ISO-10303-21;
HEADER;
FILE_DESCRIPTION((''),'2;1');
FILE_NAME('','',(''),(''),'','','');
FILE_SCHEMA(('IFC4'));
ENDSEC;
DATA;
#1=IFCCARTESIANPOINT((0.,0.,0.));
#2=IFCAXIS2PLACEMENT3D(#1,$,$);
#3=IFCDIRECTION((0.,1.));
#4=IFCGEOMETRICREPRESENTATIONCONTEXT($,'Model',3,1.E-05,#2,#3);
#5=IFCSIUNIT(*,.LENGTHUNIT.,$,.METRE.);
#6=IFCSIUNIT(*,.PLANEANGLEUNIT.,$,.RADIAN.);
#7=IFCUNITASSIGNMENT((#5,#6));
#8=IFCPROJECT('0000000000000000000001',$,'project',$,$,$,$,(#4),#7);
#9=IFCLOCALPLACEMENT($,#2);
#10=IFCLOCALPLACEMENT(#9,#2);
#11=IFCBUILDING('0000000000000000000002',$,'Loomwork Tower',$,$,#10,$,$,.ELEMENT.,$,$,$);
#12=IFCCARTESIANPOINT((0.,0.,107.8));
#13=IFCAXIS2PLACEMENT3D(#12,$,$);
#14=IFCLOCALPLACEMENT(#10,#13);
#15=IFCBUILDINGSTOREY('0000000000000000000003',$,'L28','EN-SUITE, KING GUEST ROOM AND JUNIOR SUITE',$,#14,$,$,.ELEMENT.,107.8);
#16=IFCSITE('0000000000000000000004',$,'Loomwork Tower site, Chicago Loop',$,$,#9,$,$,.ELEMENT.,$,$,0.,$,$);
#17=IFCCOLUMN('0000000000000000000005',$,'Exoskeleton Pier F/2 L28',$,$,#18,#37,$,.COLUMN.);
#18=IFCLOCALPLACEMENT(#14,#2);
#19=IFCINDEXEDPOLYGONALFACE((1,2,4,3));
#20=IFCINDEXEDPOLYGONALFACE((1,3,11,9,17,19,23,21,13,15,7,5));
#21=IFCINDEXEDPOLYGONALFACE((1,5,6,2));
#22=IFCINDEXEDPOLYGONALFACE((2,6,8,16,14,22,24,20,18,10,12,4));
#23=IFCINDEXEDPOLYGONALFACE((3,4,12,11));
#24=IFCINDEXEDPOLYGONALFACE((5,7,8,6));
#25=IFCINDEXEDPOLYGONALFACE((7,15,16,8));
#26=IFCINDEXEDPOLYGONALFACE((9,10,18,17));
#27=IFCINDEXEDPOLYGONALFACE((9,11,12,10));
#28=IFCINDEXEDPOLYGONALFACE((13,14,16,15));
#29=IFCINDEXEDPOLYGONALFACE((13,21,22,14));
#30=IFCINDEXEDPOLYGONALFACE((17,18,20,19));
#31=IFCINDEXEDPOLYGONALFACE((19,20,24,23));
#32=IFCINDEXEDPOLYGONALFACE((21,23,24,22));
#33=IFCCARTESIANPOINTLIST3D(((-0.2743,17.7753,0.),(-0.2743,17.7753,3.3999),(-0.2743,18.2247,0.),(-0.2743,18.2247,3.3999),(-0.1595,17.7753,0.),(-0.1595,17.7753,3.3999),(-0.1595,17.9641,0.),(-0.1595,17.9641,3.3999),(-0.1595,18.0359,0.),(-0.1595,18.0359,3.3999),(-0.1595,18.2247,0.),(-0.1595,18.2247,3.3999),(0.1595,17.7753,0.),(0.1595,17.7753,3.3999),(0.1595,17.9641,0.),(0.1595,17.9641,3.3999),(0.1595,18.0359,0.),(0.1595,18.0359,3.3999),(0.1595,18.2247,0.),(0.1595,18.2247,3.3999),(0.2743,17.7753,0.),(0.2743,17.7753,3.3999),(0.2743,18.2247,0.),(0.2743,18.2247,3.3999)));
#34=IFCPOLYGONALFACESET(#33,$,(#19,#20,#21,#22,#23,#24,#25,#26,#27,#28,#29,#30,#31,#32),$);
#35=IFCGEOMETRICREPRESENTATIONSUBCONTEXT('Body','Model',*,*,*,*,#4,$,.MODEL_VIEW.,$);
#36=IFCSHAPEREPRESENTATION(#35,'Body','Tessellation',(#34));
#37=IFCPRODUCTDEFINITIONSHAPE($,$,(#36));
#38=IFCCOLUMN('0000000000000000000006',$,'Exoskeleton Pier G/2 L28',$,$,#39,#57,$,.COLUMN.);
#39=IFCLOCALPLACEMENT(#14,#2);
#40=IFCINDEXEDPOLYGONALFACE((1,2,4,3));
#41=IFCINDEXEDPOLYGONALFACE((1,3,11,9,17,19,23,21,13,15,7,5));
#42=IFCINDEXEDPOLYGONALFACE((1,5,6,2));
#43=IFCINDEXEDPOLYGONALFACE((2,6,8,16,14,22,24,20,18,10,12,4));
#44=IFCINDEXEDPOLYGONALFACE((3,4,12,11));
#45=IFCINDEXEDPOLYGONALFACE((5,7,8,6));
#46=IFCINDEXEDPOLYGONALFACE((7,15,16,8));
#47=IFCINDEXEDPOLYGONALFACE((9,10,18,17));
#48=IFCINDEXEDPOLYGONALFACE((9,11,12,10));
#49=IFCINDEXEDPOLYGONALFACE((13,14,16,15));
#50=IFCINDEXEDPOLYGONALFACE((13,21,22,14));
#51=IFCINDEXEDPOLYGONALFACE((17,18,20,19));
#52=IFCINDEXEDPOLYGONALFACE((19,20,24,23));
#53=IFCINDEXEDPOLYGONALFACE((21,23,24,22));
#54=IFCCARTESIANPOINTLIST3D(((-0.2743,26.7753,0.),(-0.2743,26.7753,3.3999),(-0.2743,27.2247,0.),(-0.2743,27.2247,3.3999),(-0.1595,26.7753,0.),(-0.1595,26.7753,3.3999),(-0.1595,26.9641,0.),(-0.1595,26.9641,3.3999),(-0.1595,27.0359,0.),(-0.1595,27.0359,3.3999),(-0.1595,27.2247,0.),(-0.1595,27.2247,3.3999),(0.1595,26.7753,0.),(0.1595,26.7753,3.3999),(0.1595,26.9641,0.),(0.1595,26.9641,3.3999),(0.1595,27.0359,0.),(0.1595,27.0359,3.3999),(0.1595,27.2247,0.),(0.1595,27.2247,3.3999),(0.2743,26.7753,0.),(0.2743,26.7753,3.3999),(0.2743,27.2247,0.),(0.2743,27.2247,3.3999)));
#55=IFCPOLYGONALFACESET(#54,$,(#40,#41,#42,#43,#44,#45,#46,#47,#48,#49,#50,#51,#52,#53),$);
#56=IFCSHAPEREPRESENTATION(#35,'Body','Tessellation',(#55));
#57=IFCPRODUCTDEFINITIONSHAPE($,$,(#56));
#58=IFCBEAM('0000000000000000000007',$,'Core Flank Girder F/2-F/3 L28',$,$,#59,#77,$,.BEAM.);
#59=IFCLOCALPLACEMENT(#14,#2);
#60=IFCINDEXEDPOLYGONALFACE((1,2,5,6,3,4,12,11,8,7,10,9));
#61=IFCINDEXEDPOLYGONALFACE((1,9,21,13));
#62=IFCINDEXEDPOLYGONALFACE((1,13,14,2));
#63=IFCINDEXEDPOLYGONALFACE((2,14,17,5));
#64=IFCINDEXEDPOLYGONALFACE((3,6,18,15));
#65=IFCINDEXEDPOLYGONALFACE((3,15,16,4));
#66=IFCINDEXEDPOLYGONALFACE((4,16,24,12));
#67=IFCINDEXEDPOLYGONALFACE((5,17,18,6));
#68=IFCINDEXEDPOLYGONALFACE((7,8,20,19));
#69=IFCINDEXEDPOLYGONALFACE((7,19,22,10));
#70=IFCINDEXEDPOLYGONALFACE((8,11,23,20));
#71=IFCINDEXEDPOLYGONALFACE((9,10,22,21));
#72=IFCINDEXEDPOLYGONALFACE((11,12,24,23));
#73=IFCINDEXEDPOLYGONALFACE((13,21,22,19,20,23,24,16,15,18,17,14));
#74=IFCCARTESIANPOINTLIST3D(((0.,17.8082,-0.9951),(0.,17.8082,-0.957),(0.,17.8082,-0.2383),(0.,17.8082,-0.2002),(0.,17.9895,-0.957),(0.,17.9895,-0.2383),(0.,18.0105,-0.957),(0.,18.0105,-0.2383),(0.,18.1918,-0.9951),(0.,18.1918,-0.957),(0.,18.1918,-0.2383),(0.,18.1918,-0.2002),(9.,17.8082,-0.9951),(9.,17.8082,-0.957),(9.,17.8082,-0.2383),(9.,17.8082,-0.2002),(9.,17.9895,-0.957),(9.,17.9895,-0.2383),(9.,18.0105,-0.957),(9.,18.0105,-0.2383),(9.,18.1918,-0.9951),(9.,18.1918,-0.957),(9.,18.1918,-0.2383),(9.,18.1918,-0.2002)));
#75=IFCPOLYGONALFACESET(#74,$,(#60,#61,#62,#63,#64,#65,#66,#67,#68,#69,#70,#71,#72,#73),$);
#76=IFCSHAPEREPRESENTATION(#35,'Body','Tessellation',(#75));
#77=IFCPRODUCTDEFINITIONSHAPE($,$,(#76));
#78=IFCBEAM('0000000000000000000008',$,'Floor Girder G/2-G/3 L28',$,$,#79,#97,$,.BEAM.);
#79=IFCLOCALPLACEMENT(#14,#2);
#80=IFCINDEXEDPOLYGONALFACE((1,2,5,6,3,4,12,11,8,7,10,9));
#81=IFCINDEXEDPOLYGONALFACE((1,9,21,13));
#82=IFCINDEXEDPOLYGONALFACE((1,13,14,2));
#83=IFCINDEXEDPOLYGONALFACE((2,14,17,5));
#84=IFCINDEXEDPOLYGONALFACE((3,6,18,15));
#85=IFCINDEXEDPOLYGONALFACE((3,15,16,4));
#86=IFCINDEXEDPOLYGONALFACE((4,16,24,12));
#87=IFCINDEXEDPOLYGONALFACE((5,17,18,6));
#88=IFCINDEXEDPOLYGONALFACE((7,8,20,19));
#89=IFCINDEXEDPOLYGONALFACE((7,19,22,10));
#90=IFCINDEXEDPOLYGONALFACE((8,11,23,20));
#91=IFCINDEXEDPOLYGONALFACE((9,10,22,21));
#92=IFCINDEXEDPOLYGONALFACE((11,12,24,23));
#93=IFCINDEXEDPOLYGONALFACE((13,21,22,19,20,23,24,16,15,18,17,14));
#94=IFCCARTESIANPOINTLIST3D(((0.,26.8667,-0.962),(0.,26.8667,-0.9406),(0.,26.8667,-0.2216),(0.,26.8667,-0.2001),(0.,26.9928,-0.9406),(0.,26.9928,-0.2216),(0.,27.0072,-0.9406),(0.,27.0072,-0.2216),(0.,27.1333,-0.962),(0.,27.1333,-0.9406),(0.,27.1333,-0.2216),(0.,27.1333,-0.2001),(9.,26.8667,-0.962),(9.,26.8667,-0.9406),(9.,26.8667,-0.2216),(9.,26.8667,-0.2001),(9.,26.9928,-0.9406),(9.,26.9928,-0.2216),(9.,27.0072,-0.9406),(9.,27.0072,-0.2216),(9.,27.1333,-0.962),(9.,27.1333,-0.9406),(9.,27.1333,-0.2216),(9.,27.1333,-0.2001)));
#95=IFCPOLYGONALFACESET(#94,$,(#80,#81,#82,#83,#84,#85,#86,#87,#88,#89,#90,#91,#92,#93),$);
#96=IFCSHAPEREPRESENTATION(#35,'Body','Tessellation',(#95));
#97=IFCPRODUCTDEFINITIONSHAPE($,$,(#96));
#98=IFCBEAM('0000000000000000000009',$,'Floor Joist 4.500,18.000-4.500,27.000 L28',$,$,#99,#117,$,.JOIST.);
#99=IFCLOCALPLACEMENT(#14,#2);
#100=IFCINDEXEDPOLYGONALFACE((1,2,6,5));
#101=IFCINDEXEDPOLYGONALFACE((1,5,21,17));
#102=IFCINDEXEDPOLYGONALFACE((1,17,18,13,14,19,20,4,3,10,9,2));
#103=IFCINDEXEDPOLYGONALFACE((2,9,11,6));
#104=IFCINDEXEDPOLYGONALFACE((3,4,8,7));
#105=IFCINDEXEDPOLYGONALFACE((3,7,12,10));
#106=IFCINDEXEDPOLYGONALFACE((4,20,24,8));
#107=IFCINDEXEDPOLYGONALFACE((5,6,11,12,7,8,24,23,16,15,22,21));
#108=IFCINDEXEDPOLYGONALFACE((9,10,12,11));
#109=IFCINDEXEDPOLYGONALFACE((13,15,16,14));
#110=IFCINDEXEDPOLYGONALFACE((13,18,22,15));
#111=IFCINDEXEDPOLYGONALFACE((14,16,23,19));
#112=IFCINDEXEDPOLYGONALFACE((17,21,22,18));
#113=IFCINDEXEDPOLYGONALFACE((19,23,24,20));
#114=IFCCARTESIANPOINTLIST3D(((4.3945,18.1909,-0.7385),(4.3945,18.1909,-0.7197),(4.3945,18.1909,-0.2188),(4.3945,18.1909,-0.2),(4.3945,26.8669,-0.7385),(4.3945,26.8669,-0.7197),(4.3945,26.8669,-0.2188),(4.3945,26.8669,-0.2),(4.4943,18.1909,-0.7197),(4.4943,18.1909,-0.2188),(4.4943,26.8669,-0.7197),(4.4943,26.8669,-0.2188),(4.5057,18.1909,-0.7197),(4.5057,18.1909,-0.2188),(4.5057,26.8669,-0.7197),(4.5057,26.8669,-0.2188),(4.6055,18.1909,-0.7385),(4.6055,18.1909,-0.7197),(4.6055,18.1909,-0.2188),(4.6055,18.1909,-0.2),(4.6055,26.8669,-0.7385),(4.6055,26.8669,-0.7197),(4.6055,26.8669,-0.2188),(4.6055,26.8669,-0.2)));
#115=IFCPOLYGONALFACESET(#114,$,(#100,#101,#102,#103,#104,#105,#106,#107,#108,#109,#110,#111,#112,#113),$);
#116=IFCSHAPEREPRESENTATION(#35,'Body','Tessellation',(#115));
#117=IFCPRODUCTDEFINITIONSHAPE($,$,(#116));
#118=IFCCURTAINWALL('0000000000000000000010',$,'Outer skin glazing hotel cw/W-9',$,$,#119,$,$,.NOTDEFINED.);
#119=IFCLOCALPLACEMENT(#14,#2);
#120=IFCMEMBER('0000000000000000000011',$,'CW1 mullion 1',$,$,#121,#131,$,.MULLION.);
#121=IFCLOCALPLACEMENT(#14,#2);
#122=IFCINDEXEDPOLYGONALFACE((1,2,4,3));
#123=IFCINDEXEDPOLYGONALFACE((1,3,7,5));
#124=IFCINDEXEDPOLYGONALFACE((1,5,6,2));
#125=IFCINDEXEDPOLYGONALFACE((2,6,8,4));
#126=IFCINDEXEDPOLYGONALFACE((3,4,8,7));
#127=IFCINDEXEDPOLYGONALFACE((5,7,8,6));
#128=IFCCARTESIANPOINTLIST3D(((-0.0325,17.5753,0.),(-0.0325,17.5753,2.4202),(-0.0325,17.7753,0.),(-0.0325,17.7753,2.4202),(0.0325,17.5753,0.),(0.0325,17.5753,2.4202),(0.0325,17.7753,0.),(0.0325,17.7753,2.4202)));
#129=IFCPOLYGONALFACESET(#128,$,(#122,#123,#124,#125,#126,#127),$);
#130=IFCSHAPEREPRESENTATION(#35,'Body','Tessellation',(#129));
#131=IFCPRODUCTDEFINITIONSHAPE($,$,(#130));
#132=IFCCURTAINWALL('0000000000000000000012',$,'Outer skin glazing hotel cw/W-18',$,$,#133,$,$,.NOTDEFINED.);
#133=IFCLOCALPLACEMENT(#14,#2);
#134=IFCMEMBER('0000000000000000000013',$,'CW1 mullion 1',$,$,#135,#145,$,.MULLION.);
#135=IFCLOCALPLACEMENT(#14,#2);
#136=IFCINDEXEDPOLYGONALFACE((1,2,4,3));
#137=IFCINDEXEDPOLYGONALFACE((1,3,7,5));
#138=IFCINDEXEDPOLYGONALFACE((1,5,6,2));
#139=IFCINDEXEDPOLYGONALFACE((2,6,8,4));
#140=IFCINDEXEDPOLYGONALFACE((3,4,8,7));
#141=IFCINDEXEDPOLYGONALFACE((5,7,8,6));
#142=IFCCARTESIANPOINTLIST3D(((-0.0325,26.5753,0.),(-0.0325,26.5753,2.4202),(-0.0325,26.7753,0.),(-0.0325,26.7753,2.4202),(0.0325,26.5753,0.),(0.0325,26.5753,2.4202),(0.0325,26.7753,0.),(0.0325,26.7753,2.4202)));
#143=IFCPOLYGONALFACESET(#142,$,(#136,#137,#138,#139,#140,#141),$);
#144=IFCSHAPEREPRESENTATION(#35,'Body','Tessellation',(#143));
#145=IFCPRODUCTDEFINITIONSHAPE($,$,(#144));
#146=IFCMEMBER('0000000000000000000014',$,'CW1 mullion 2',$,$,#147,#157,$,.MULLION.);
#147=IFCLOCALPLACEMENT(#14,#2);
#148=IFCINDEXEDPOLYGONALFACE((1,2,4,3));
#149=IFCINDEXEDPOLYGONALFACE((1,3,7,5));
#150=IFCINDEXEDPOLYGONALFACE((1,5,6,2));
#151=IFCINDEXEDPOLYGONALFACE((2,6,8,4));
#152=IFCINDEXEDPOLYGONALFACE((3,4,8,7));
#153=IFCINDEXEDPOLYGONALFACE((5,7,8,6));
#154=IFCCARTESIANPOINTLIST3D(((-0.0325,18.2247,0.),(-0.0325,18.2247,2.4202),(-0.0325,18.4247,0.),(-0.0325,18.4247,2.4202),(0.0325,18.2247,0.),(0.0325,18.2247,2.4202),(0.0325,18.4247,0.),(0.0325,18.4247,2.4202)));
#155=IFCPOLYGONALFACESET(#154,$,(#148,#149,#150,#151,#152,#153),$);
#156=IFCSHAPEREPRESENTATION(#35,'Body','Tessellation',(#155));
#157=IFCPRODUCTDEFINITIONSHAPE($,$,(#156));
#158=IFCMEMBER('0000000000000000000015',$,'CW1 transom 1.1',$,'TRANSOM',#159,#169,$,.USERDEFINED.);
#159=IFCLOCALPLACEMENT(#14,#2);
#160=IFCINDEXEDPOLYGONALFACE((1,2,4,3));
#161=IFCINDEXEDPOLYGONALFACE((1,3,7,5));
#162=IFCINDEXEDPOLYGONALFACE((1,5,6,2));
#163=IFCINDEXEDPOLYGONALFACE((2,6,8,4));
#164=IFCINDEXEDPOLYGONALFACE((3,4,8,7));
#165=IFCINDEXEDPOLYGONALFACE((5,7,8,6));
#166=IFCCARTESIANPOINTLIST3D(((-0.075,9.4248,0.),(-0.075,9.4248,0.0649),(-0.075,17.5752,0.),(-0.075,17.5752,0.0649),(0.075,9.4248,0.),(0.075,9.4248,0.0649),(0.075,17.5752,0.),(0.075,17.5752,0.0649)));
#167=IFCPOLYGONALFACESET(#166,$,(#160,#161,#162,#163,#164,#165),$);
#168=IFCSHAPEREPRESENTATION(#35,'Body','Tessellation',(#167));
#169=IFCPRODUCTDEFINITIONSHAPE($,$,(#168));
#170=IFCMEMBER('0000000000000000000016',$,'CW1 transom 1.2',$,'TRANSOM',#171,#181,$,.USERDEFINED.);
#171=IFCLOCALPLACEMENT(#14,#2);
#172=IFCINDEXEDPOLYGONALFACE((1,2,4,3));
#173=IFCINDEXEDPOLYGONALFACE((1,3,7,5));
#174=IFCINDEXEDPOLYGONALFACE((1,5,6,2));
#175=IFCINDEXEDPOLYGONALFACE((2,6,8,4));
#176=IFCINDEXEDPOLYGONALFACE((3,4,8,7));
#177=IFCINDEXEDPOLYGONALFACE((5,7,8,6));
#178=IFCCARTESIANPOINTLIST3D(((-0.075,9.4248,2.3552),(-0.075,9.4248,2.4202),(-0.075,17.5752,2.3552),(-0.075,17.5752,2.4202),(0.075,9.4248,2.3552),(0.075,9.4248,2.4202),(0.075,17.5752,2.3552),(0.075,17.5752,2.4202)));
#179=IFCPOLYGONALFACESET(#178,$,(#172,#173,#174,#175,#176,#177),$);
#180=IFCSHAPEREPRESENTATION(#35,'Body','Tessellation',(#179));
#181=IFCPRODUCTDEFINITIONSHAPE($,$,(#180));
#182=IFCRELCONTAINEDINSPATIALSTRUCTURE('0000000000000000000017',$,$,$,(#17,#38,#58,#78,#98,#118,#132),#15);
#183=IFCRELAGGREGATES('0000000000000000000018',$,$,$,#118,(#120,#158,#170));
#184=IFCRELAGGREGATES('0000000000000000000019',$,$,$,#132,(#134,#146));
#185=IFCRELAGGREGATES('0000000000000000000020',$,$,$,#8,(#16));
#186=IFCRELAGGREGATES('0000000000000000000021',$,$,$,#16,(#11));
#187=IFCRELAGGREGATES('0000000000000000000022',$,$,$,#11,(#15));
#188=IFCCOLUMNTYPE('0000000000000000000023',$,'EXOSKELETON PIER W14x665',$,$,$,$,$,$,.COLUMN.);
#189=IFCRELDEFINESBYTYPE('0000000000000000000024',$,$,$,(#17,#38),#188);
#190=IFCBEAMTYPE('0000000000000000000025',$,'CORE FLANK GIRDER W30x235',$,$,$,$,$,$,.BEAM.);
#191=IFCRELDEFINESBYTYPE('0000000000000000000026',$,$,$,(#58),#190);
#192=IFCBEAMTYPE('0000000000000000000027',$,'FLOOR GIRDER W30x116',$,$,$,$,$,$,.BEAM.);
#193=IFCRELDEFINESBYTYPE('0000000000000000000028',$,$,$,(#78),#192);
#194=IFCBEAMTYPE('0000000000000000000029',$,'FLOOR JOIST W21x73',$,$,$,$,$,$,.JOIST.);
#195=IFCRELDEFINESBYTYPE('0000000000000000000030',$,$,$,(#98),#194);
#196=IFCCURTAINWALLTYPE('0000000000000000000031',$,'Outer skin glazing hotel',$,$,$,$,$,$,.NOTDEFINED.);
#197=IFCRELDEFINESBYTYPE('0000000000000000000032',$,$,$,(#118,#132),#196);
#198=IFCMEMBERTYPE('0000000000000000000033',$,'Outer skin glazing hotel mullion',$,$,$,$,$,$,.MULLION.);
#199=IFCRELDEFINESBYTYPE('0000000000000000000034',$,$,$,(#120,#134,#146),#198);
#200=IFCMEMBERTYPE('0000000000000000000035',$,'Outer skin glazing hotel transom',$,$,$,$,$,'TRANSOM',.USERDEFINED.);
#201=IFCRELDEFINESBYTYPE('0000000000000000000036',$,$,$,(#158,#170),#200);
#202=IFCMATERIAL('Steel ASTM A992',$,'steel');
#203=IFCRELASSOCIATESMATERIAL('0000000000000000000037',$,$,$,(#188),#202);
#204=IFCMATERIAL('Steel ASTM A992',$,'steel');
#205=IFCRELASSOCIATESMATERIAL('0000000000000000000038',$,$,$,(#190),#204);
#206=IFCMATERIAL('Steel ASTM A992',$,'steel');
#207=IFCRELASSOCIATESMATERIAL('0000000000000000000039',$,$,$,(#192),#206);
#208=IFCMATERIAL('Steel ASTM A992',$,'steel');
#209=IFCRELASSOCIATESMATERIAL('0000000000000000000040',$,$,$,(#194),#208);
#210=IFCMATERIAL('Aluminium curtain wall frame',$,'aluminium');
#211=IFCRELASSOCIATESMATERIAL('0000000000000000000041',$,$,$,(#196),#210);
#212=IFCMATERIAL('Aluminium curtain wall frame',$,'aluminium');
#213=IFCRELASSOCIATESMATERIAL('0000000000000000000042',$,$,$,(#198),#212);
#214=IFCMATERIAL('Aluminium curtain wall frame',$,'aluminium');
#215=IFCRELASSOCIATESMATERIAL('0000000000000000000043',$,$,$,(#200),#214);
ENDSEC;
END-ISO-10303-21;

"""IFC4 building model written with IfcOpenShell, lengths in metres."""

from ifc_helpers import new_model, si_unit, direction, frame, origin, origin_2d, place, context, subcontext, project, spatial, rectangle, i_section, extrude, material, material_profile, profile_set, type_object, element, aggregate, save


model = new_model("IFC4")

# Units and contexts
model_context = context("Model", 3, precision=1e-05, world=origin(), true_north=direction((0.0, 1.0)))
body_context = subcontext(model_context, "Body", "Model", "MODEL_VIEW")
ifc_project = project(units=[si_unit("LENGTHUNIT", "METRE"), si_unit("PLANEANGLEUNIT", "RADIAN")], contexts=[model_context])

# Site, building, storey
site_placement = place(None, origin())
site = spatial("IfcSite", under=ifc_project, at=site_placement, Name="Loomwork Tower site, Chicago Loop", CompositionType="ELEMENT", RefElevation=0.0)
building_placement = place(site_placement, origin())
building = spatial("IfcBuilding", under=site, at=building_placement, Name="Loomwork Tower", CompositionType="ELEMENT")
storey_placement = place(building_placement, frame((0.0, 0.0, 107.8)))
storey = spatial("IfcBuildingStorey", under=building, at=storey_placement, Name="L28", Description="EN-SUITE, KING GUEST ROOM AND JUNIOR SUITE", CompositionType="ELEMENT", Elevation=107.8)

# Columns
ifc_material_1 = material(Name="Steel ASTM A992", Category="steel")
ifc_material_profile_1 = material_profile(ifc_material_1, i_section(OverallWidth=0.4495, OverallDepth=0.5486, WebThickness=0.0718, FlangeThickness=0.1147, at=origin_2d()), Name="W14x665")
ifc_profile_set_1 = profile_set([ifc_material_profile_1], Name="Steel ASTM A992")
column_type = type_object("IfcColumnType", Name="EXOSKELETON PIER W14x665", PredefinedType="COLUMN", material=ifc_profile_set_1)
for number, where, z_axis, x_axis, name in (
    (1, (0.0, 18.0, 0.0), (0.0, 0.0, 1.0), (0.0, 1.0, 0.0), "Exoskeleton Pier F/2 L28"),
    (2, (0.0, 27.0, 0.0), (0.0, 0.0, 1.0), (0.0, 1.0, 0.0), "Exoskeleton Pier G/2 L28"),
):
    element("IfcColumn", number, at=place(storey_placement, frame(where, z_axis=z_axis, x_axis=x_axis)), inside=storey, type_object=column_type, Name=name, PredefinedType="COLUMN", context=body_context, shape_type="SweptSolid", body=[
        extrude(i_section(OverallWidth=0.4495, OverallDepth=0.5486, WebThickness=0.0718, FlangeThickness=0.1147, at=origin_2d()), origin(), (0.0, 0.0, 1.0), 3.3999),
    ])

# Beams
ifc_material_2 = material(Name="Steel ASTM A992", Category="steel")
ifc_material_profile_2 = material_profile(ifc_material_2, i_section(OverallWidth=0.3835, OverallDepth=0.7949, WebThickness=0.021, FlangeThickness=0.0381, at=origin_2d()), Name="W30x235")
ifc_profile_set_2 = profile_set([ifc_material_profile_2], Name="Steel ASTM A992")
beam_type_1 = type_object("IfcBeamType", Name="CORE FLANK GIRDER W30x235", PredefinedType="BEAM", material=ifc_profile_set_2)
beam_1_placement = place(storey_placement, frame((0.0, 18.0, -0.5977), z_axis=(1.0, 0.0, 0.0), x_axis=(0.0, 1.0, 0.0)))
element("IfcBeam", 3, at=beam_1_placement, inside=storey, type_object=beam_type_1, Name="Core Flank Girder F/2-F/3 L28", PredefinedType="BEAM", context=body_context, shape_type="SweptSolid", body=[
    extrude(i_section(OverallWidth=0.3835, OverallDepth=0.7949, WebThickness=0.021, FlangeThickness=0.0381, at=origin_2d()), origin(), (0.0, 0.0, 1.0), 9.0),
])
ifc_material_3 = material(Name="Steel ASTM A992", Category="steel")
ifc_material_profile_3 = material_profile(ifc_material_3, i_section(OverallWidth=0.2666, OverallDepth=0.762, WebThickness=0.0144, FlangeThickness=0.0215, at=origin_2d()), Name="W30x116")
ifc_profile_set_3 = profile_set([ifc_material_profile_3], Name="Steel ASTM A992")
beam_type_2 = type_object("IfcBeamType", Name="FLOOR GIRDER W30x116", PredefinedType="BEAM", material=ifc_profile_set_3)
beam_2_placement = place(storey_placement, frame((0.0, 27.0, -0.5811), z_axis=(1.0, 0.0, 0.0), x_axis=(0.0, 1.0, 0.0)))
element("IfcBeam", 4, at=beam_2_placement, inside=storey, type_object=beam_type_2, Name="Floor Girder G/2-G/3 L28", PredefinedType="BEAM", context=body_context, shape_type="SweptSolid", body=[
    extrude(i_section(OverallWidth=0.2666, OverallDepth=0.762, WebThickness=0.0144, FlangeThickness=0.0215, at=origin_2d()), origin(), (0.0, 0.0, 1.0), 9.0),
])
ifc_material_4 = material(Name="Steel ASTM A992", Category="steel")
ifc_material_profile_4 = material_profile(ifc_material_4, i_section(OverallWidth=0.2109, OverallDepth=0.5386, WebThickness=0.0115, FlangeThickness=0.0188, at=origin_2d()), Name="W21x73")
ifc_profile_set_4 = profile_set([ifc_material_profile_4], Name="Steel ASTM A992")
beam_type_3 = type_object("IfcBeamType", Name="FLOOR JOIST W21x73", PredefinedType="JOIST", material=ifc_profile_set_4)
beam_3_placement = place(storey_placement, frame((4.5, 18.1909, -0.4692), z_axis=(0.0, 1.0, 0.0), x_axis=(-1.0, 0.0, 0.0)))
element("IfcBeam", 5, at=beam_3_placement, inside=storey, type_object=beam_type_3, Name="Floor Joist 4.500,18.000-4.500,27.000 L28", PredefinedType="JOIST", context=body_context, shape_type="SweptSolid", body=[
    extrude(i_section(OverallWidth=0.2109, OverallDepth=0.5386, WebThickness=0.0115, FlangeThickness=0.0188, at=origin_2d()), origin(), (0.0, 0.0, 1.0), 8.676),
])

# Curtain wall, member
ifc_material_5 = material(Name="Aluminium curtain wall frame", Category="aluminium")
curtain_wall_type = type_object("IfcCurtainWallType", Name="Outer skin glazing hotel", PredefinedType="NOTDEFINED", material=ifc_material_5)
curtain_wall_1_placement = place(storey_placement, origin())
curtain_wall_1 = element("IfcCurtainWall", 6, at=curtain_wall_1_placement, inside=storey, type_object=curtain_wall_type, Name="Outer skin glazing hotel cw/W-9", PredefinedType="NOTDEFINED")
ifc_material_6 = material(Name="Aluminium curtain wall frame", Category="aluminium")
ifc_material_profile_5 = material_profile(ifc_material_6, rectangle(XDim=0.0649, YDim=0.2, at=origin_2d()), Name="AL 65x200")
ifc_profile_set_5 = profile_set([ifc_material_profile_5], Name="Aluminium curtain wall frame")
member_type_1 = type_object("IfcMemberType", Name="Outer skin glazing hotel mullion", PredefinedType="MULLION", material=ifc_profile_set_5)
member_1_placement = place(storey_placement, frame((0.0, 17.6753, 0.0), z_axis=(0.0, 0.0, 1.0), x_axis=(1.0, 0.0, 0.0)))
member_1 = element("IfcMember", 7, at=member_1_placement, type_object=member_type_1, Name="CW1 mullion 1", PredefinedType="MULLION", context=body_context, shape_type="SweptSolid", body=[
    extrude(rectangle(XDim=0.0649, YDim=0.2, at=origin_2d()), origin(), (0.0, 0.0, 1.0), 2.4202),
])

# Curtain wall, members
curtain_wall_2_placement = place(storey_placement, origin())
curtain_wall_2 = element("IfcCurtainWall", 8, at=curtain_wall_2_placement, inside=storey, type_object=curtain_wall_type, Name="Outer skin glazing hotel cw/W-18", PredefinedType="NOTDEFINED")
member_2_placement = place(storey_placement, frame((0.0, 26.6753, 0.0), z_axis=(0.0, 0.0, 1.0), x_axis=(1.0, 0.0, 0.0)))
member_2 = element("IfcMember", 9, at=member_2_placement, type_object=member_type_1, Name="CW1 mullion 1", PredefinedType="MULLION", context=body_context, shape_type="SweptSolid", body=[
    extrude(rectangle(XDim=0.0649, YDim=0.2, at=origin_2d()), origin(), (0.0, 0.0, 1.0), 2.4202),
])
member_3_placement = place(storey_placement, frame((0.0, 18.3247, 0.0), z_axis=(0.0, 0.0, 1.0), x_axis=(1.0, 0.0, 0.0)))
member_3 = element("IfcMember", 10, at=member_3_placement, type_object=member_type_1, Name="CW1 mullion 2", PredefinedType="MULLION", context=body_context, shape_type="SweptSolid", body=[
    extrude(rectangle(XDim=0.0649, YDim=0.2, at=origin_2d()), origin(), (0.0, 0.0, 1.0), 2.4202),
])

# Members
ifc_material_7 = material(Name="Aluminium curtain wall frame", Category="aluminium")
ifc_material_profile_6 = material_profile(ifc_material_7, rectangle(XDim=0.1499, YDim=0.0649, at=origin_2d()), Name="AL 65x150")
ifc_profile_set_6 = profile_set([ifc_material_profile_6], Name="Aluminium curtain wall frame")
member_type_2 = type_object("IfcMemberType", Name="Outer skin glazing hotel transom", ElementType="TRANSOM", PredefinedType="USERDEFINED", material=ifc_profile_set_6)
member_4_placement = place(storey_placement, frame((0.0, 17.5752, 0.0325), z_axis=(0.0, -1.0, 0.0), x_axis=(1.0, 0.0, 0.0)))
member_4 = element("IfcMember", 11, at=member_4_placement, type_object=member_type_2, Name="CW1 transom 1.1", ObjectType="TRANSOM", PredefinedType="USERDEFINED", context=body_context, shape_type="SweptSolid", body=[
    extrude(rectangle(XDim=0.1499, YDim=0.0649, at=origin_2d()), origin(), (0.0, 0.0, 1.0), 8.1504),
])
member_5_placement = place(storey_placement, frame((0.0, 17.5752, 2.3877), z_axis=(0.0, -1.0, 0.0), x_axis=(1.0, 0.0, 0.0)))
member_5 = element("IfcMember", 12, at=member_5_placement, type_object=member_type_2, Name="CW1 transom 1.2", ObjectType="TRANSOM", PredefinedType="USERDEFINED", context=body_context, shape_type="SweptSolid", body=[
    extrude(rectangle(XDim=0.1499, YDim=0.0649, at=origin_2d()), origin(), (0.0, 0.0, 1.0), 8.1504),
])
aggregate(curtain_wall_1, [member_1, member_4, member_5])

aggregate(curtain_wall_2, [member_2, member_3])

save(model, "model.ifc")
